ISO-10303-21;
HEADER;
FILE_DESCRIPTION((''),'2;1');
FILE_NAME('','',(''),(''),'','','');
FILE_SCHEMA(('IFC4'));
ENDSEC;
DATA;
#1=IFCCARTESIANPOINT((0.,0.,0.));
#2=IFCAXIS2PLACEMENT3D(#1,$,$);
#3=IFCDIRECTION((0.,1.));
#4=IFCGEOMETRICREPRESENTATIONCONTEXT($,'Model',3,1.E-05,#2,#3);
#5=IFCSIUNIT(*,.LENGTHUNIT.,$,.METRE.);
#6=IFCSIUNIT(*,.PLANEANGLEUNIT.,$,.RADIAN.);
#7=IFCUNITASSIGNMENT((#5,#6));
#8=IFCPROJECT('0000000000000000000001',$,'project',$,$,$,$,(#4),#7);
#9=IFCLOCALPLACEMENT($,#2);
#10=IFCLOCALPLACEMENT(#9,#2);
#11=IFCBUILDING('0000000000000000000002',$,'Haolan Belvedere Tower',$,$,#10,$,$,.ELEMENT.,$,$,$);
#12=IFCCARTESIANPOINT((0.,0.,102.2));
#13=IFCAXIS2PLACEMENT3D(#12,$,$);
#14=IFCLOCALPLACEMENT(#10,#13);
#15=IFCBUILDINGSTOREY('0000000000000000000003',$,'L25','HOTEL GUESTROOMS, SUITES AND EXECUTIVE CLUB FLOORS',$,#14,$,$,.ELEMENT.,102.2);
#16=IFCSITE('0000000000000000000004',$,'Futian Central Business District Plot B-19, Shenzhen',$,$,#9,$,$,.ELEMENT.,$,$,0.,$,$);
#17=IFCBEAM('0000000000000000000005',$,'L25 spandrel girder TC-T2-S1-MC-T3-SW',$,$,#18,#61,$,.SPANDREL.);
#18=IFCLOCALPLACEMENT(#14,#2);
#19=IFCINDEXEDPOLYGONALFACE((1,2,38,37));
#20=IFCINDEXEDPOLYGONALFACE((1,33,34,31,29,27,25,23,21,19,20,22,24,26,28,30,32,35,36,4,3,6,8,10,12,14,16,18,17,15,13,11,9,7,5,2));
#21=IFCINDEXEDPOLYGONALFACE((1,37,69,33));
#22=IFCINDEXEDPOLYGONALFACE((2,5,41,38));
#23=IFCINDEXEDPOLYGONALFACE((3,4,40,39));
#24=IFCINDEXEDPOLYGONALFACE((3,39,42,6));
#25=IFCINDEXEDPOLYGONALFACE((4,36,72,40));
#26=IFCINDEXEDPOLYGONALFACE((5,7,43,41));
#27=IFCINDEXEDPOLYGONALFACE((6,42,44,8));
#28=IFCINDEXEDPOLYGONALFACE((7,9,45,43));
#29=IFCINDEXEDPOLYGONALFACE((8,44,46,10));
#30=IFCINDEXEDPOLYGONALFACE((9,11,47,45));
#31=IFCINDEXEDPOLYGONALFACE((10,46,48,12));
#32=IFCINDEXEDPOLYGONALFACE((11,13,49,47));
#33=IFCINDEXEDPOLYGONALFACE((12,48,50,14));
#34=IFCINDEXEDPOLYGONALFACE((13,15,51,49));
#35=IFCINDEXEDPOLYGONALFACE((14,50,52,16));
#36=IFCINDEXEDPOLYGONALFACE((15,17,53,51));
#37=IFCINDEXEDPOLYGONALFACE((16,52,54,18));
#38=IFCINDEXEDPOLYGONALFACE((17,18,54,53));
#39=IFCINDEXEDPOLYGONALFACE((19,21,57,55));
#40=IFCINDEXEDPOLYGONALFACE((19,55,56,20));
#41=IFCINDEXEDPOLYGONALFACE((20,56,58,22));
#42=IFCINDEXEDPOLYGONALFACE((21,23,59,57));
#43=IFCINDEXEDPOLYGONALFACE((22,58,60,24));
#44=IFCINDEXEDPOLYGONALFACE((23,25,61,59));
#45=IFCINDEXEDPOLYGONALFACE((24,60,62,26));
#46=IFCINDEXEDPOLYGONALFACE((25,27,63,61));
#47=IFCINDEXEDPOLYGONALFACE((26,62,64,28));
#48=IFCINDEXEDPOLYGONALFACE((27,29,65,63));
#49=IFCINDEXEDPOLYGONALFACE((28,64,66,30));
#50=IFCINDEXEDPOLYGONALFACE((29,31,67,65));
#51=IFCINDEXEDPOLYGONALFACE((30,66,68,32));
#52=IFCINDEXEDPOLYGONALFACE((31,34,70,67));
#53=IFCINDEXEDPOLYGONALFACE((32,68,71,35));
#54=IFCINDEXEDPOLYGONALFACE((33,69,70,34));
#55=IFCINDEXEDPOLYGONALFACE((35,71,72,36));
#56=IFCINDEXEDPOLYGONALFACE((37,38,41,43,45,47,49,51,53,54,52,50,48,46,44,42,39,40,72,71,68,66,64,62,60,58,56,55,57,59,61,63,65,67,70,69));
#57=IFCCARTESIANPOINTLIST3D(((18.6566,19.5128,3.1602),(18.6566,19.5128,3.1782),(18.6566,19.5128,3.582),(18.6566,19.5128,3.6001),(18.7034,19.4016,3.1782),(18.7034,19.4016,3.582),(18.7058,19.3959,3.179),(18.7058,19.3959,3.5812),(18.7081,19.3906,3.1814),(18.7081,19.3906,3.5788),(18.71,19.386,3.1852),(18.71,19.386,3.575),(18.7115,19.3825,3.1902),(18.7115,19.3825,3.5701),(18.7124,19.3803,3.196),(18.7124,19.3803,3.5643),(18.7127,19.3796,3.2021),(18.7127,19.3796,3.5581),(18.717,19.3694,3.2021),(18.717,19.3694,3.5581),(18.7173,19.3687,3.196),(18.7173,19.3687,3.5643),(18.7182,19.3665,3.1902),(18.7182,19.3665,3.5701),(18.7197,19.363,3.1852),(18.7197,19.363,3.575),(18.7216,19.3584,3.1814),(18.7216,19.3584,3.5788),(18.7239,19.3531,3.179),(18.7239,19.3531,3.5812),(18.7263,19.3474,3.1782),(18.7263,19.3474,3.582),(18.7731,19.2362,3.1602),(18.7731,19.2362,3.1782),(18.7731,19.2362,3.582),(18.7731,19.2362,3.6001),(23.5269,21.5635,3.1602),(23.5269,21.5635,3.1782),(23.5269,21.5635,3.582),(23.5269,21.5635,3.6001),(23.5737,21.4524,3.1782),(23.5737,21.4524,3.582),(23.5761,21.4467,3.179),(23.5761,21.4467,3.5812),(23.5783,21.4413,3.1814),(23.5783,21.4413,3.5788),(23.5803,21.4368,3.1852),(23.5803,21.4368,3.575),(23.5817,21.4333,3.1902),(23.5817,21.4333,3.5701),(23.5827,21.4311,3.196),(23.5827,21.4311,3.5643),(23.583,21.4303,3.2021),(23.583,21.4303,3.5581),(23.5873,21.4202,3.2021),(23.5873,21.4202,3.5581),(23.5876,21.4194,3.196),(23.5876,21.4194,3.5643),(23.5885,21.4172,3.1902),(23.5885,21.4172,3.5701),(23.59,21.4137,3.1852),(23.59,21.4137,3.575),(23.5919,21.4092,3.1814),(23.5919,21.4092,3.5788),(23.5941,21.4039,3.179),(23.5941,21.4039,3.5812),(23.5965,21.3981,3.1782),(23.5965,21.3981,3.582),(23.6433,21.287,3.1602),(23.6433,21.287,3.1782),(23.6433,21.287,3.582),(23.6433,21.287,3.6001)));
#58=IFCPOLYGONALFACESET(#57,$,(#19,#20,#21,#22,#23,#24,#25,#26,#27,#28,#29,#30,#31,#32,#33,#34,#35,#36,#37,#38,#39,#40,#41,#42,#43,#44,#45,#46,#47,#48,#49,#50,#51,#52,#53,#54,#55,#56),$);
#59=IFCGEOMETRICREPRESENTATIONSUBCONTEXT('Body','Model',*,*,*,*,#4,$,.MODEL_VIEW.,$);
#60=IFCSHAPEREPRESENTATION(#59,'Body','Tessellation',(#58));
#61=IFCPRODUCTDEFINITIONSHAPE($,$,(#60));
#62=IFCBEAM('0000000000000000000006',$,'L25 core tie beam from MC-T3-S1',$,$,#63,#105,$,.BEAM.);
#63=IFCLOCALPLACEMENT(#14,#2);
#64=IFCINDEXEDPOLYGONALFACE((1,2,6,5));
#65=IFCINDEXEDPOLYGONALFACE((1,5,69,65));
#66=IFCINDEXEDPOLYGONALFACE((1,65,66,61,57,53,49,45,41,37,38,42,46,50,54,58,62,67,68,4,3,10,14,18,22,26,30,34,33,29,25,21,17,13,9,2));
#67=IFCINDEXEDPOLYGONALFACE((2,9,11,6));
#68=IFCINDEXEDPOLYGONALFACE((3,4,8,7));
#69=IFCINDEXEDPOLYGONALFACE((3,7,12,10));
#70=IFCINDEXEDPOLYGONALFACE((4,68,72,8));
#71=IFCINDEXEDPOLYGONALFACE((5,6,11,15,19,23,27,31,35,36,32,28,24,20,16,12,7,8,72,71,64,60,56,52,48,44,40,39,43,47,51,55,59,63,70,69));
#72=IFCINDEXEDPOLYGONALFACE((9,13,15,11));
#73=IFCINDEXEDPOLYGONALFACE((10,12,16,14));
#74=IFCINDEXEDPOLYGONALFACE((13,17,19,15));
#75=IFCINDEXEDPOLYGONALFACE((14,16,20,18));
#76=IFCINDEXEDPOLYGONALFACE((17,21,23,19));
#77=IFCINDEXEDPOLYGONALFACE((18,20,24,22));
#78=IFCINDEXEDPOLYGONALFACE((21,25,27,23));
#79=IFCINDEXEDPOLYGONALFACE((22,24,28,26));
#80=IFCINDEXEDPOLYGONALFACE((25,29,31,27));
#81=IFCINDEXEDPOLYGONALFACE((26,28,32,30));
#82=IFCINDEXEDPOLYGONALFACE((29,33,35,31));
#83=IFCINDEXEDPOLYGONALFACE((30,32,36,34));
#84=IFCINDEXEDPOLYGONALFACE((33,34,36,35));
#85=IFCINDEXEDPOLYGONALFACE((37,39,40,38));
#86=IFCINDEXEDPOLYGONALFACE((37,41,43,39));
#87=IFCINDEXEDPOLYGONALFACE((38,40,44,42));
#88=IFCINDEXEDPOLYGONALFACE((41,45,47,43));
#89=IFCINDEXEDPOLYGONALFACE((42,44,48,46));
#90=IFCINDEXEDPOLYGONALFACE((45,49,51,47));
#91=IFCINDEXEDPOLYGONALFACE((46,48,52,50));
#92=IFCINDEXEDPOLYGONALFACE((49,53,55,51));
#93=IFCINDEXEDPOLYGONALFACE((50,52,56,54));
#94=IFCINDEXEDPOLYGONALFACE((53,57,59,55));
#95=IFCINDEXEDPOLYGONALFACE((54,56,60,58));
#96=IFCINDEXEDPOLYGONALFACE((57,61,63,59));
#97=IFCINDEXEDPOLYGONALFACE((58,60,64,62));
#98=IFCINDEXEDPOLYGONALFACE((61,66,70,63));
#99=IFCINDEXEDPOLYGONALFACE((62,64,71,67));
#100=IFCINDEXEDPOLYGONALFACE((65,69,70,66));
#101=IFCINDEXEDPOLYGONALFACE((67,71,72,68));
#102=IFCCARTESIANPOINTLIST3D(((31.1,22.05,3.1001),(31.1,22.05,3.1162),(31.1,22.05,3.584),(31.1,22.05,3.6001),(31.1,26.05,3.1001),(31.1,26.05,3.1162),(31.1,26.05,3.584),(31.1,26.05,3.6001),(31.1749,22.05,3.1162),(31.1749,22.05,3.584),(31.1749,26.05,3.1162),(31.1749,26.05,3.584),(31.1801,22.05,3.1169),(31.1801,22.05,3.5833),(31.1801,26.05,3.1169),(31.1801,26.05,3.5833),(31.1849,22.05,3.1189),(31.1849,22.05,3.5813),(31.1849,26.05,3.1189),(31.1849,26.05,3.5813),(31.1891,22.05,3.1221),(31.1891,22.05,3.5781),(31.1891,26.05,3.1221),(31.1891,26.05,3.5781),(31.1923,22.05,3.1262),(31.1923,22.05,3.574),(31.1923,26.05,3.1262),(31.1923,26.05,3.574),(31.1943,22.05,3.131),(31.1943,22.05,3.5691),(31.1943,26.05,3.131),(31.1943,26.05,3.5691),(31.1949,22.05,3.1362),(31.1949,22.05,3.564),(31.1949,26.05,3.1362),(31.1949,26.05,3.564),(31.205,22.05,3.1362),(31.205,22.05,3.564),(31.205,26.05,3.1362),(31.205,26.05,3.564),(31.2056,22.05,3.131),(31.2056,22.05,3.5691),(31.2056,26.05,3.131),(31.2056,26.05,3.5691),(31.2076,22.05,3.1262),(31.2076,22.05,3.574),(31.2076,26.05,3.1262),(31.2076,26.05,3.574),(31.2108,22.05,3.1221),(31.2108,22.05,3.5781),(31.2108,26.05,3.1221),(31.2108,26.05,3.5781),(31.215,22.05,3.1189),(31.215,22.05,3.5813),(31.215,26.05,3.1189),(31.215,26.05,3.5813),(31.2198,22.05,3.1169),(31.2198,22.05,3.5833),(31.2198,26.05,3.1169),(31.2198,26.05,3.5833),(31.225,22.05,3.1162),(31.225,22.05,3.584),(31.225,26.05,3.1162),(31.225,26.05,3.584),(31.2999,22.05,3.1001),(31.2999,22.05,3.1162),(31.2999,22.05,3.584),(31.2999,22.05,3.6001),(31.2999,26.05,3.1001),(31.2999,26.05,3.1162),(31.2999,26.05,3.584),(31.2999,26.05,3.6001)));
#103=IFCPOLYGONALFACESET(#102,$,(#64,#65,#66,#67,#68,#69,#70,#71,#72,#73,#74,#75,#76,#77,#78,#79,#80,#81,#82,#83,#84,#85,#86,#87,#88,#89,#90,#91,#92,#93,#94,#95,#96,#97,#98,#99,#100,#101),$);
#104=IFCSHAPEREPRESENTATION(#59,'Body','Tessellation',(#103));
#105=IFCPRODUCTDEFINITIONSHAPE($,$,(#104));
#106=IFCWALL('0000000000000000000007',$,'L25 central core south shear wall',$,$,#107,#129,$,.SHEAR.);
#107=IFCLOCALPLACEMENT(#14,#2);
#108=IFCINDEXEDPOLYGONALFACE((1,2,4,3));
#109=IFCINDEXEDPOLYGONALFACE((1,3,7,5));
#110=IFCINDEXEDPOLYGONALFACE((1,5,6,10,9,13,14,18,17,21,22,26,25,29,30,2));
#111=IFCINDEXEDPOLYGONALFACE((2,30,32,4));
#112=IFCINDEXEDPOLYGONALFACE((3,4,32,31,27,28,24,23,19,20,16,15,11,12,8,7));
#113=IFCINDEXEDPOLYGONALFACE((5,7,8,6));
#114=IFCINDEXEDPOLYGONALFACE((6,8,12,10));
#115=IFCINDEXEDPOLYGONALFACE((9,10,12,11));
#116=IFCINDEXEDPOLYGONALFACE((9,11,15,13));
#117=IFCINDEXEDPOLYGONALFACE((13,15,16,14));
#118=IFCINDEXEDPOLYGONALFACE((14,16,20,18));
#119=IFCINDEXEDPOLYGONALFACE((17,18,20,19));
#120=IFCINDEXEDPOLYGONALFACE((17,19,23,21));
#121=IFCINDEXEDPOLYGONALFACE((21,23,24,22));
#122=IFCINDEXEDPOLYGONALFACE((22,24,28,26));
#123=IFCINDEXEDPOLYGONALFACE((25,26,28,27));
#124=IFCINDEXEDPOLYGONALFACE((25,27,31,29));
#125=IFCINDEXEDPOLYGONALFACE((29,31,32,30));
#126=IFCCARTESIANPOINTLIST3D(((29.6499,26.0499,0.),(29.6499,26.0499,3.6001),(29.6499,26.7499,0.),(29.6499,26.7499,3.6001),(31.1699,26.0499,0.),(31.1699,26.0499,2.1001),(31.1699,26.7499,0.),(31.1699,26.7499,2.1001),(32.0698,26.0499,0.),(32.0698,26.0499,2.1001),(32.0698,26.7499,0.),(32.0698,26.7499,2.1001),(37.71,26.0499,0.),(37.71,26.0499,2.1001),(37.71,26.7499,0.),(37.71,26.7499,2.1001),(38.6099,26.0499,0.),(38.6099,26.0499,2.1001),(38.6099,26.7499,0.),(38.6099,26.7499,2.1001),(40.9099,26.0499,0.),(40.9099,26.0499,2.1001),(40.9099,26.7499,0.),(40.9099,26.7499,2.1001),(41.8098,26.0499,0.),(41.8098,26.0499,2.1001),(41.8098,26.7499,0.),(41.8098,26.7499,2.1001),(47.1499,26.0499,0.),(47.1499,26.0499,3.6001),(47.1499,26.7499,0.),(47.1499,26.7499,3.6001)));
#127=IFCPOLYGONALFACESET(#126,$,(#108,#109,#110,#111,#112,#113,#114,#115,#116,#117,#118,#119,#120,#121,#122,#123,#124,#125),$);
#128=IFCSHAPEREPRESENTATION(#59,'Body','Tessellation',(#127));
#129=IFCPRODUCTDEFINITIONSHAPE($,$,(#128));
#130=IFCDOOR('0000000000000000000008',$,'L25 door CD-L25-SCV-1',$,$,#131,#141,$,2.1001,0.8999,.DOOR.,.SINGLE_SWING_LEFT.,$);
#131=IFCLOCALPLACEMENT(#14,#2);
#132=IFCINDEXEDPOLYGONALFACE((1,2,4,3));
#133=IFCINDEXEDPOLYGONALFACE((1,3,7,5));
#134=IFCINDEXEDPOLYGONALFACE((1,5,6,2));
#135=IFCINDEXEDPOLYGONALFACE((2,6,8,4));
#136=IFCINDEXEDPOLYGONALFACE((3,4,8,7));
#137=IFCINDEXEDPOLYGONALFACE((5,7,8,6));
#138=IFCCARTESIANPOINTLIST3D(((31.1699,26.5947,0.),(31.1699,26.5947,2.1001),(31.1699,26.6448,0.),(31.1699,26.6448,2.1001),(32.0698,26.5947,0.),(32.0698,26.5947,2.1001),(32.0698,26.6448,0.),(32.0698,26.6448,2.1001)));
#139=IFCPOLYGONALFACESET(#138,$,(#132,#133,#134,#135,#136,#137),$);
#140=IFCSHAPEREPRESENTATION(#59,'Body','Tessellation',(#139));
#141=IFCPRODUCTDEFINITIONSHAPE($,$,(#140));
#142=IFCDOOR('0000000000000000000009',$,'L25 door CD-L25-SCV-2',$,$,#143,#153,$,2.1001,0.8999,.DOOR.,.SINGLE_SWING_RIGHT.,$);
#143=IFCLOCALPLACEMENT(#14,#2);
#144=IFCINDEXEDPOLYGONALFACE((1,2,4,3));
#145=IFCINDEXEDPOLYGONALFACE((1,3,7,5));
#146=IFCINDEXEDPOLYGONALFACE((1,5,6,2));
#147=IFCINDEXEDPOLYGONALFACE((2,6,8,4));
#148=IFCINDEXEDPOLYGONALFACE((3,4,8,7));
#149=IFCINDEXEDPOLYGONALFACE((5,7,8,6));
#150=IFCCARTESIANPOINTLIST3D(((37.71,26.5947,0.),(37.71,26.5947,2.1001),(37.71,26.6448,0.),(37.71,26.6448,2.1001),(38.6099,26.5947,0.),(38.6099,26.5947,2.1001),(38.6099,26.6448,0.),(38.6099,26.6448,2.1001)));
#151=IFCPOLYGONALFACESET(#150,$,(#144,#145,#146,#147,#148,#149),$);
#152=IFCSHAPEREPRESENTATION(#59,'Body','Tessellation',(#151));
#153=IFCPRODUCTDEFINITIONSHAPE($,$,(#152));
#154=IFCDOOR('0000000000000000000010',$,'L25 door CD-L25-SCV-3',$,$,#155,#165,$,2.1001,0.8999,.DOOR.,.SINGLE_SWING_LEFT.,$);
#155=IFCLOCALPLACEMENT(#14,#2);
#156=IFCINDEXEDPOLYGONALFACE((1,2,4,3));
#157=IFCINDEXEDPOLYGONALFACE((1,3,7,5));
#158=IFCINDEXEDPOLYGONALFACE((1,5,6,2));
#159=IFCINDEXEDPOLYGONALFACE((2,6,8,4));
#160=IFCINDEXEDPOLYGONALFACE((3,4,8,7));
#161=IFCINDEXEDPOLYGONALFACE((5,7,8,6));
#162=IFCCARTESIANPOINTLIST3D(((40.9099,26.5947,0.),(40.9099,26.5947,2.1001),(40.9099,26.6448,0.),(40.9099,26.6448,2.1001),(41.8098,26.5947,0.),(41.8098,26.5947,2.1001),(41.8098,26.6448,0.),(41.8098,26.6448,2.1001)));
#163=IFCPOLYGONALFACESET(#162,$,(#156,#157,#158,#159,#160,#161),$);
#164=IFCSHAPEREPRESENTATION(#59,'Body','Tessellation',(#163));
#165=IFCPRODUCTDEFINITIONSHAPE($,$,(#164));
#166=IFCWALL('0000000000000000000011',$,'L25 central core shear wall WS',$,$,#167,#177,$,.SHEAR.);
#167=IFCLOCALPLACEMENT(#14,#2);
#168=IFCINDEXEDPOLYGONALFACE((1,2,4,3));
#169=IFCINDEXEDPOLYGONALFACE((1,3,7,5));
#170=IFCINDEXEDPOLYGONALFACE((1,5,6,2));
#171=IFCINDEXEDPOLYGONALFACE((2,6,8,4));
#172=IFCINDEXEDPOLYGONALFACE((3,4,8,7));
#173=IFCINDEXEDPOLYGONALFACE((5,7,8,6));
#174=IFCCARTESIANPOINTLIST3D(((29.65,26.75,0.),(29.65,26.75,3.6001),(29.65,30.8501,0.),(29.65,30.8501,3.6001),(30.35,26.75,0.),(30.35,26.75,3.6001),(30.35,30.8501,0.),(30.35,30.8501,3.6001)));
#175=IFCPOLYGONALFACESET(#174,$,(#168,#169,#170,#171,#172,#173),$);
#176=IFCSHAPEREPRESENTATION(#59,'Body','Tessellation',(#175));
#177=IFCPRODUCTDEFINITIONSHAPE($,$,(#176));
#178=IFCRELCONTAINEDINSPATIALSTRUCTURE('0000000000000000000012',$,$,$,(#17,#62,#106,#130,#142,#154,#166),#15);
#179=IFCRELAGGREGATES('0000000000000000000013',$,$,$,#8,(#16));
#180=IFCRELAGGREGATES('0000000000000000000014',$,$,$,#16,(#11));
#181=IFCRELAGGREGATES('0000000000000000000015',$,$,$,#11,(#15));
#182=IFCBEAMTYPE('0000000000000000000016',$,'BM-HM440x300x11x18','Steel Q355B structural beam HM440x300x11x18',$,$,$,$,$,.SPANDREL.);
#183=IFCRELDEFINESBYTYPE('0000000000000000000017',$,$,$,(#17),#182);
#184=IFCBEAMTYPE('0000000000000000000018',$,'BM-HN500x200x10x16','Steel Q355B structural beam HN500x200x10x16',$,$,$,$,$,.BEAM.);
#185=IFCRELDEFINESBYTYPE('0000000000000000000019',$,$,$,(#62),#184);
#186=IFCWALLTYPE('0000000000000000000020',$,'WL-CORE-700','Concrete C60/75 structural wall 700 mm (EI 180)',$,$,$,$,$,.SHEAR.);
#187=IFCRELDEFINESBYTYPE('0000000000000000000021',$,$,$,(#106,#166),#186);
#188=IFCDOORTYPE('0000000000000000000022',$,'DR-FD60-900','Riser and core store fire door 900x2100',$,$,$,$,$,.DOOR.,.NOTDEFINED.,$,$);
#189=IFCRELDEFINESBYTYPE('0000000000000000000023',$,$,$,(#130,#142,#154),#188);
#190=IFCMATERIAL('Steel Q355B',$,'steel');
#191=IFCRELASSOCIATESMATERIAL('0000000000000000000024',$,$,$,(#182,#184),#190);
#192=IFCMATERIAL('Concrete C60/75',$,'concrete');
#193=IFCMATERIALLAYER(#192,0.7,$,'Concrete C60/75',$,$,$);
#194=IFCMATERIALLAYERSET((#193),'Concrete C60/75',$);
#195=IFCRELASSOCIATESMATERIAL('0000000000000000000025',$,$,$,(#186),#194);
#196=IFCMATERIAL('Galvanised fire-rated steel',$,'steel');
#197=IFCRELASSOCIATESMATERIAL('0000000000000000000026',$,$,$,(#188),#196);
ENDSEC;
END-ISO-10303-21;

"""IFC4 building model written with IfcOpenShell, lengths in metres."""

from ifc_helpers import new_model, si_unit, direction, frame, frame_2d, origin, origin_2d, place, context, subcontext, project, spatial, rectangle, i_section, extrude, material, layer, layer_set, material_profile, profile_set, type_object, element, fill, save


model = new_model("IFC4")

# Units and contexts
model_context = context("Model", 3, precision=1e-05, world=origin(), true_north=direction((0.0, 1.0)))
body_context = subcontext(model_context, "Body", "Model", "MODEL_VIEW")
ifc_project = project(units=[si_unit("LENGTHUNIT", "METRE"), si_unit("PLANEANGLEUNIT", "RADIAN")], contexts=[model_context])

# Site, building, storey
site_placement = place(None, origin())
site = spatial("IfcSite", under=ifc_project, at=site_placement, Name="Futian Central Business District Plot B-19, Shenzhen", CompositionType="ELEMENT", RefElevation=0.0)
building_placement = place(site_placement, origin())
building = spatial("IfcBuilding", under=site, at=building_placement, Name="Haolan Belvedere Tower", CompositionType="ELEMENT")
storey_placement = place(building_placement, frame((0.0, 0.0, 102.2)))
storey = spatial("IfcBuildingStorey", under=building, at=storey_placement, Name="L25", Description="HOTEL GUESTROOMS, SUITES AND EXECUTIVE CLUB FLOORS", CompositionType="ELEMENT", Elevation=102.2)

# Beams
ifc_material_1 = material(Name="Steel Q355B", Category="steel")
ifc_material_profile_1 = material_profile(ifc_material_1, i_section(OverallWidth=0.3, OverallDepth=0.4399, WebThickness=0.011, FlangeThickness=0.0181, FilletRadius=0.0239, at=origin_2d()), Name="Steel Q355B")
ifc_profile_set_1 = profile_set([ifc_material_profile_1], Name="Steel Q355B")
beam_type_1 = type_object("IfcBeamType", Name="BM-HM440x300x11x18", Description="Steel Q355B structural beam HM440x300x11x18", PredefinedType="SPANDREL", material=ifc_profile_set_1)
beam_1_placement = place(storey_placement, frame((18.7148, 19.3745, 3.3801), z_axis=(0.921628, 0.388074, 0.0), x_axis=(-0.388074, 0.921628, 0.0)))
element("IfcBeam", 1, at=beam_1_placement, inside=storey, type_object=beam_type_1, Name="L25 spandrel girder TC-T2-S1-MC-T3-SW", PredefinedType="SPANDREL", context=body_context, shape_type="SweptSolid", body=[
    extrude(i_section(OverallWidth=0.3, OverallDepth=0.4399, WebThickness=0.011, FlangeThickness=0.0181, FilletRadius=0.0239, at=origin_2d()), origin(), (0.0, 0.0, 1.0), 5.2844),
])
ifc_material_profile_2 = material_profile(ifc_material_1, i_section(OverallWidth=0.2, OverallDepth=0.5, WebThickness=0.01, FlangeThickness=0.0161, FilletRadius=0.02, at=origin_2d()), Name="Steel Q355B")
ifc_profile_set_2 = profile_set([ifc_material_profile_2], Name="Steel Q355B")
beam_type_2 = type_object("IfcBeamType", Name="BM-HN500x200x10x16", Description="Steel Q355B structural beam HN500x200x10x16", PredefinedType="BEAM", material=ifc_profile_set_2)
beam_2_placement = place(storey_placement, frame((31.2, 22.05, 3.3501), z_axis=(0.0, 1.0, 0.0), x_axis=(-1.0, 0.0, 0.0)))
element("IfcBeam", 2, at=beam_2_placement, inside=storey, type_object=beam_type_2, Name="L25 core tie beam from MC-T3-S1", PredefinedType="BEAM", context=body_context, shape_type="SweptSolid", body=[
    extrude(i_section(OverallWidth=0.2, OverallDepth=0.5, WebThickness=0.01, FlangeThickness=0.0161, FilletRadius=0.02, at=origin_2d()), origin(), (0.0, 0.0, 1.0), 4.0),
])

# Wall, openings, doors
ifc_material_2 = material(Name="Concrete C60/75", Category="concrete")
ifc_layer_1 = layer(ifc_material_2, 0.7, Name="Concrete C60/75")
ifc_layer_set_1 = layer_set([ifc_layer_1], Name="Concrete C60/75")
wall_type_1 = type_object("IfcWallType", Name="WL-CORE-700", Description="Concrete C60/75 structural wall 700 mm (EI 180)", PredefinedType="SHEAR", material=ifc_layer_set_1)
wall_1_placement = place(storey_placement, frame((29.6499, 26.3999, 0.0), z_axis=(0.0, 0.0, 1.0), x_axis=(1.0, 0.0, 0.0)))
wall_1 = element("IfcWall", 3, at=wall_1_placement, inside=storey, type_object=wall_type_1, Name="L25 central core south shear wall", PredefinedType="SHEAR", context=body_context, shape_type="SweptSolid", body=[
    extrude(rectangle(XDim=17.5, YDim=0.7, at=frame_2d((8.75, 0.0))), origin(), (0.0, 0.0, 1.0), 3.6001),
])
opening_1_placement = place(wall_1_placement, frame((2.4199, 0.0, 0.0), z_axis=(0.0, 0.0, 1.0), x_axis=(-1.0, 0.0, 0.0)))
opening_1 = element("IfcOpeningElement", 4, at=opening_1_placement, cuts=wall_1, PredefinedType="OPENING", context=body_context, shape_type="SweptSolid", body=[
    extrude(rectangle(XDim=0.8999, YDim=2.1001, at=frame_2d((0.45, 1.05))), frame((0.0, 0.3599, 0.0), z_axis=(0.0, -1.0, 0.0), x_axis=(1.0, 0.0, 0.0)), (0.0, 0.0, 1.0), 0.72),
])
opening_2_placement = place(wall_1_placement, frame((8.96, 0.0, 0.0), z_axis=(0.0, 0.0, 1.0), x_axis=(-1.0, 0.0, 0.0)))
opening_2 = element("IfcOpeningElement", 5, at=opening_2_placement, cuts=wall_1, PredefinedType="OPENING", context=body_context, shape_type="SweptSolid", body=[
    extrude(rectangle(XDim=0.8999, YDim=2.1001, at=frame_2d((0.45, 1.05))), frame((0.0, 0.3599, 0.0), z_axis=(0.0, -1.0, 0.0), x_axis=(1.0, 0.0, 0.0)), (0.0, 0.0, 1.0), 0.72),
])
opening_3_placement = place(wall_1_placement, frame((12.1599, 0.0, 0.0), z_axis=(0.0, 0.0, 1.0), x_axis=(-1.0, 0.0, 0.0)))
opening_3 = element("IfcOpeningElement", 6, at=opening_3_placement, cuts=wall_1, PredefinedType="OPENING", context=body_context, shape_type="SweptSolid", body=[
    extrude(rectangle(XDim=0.8999, YDim=2.1001, at=frame_2d((0.45, 1.05))), frame((0.0, 0.3599, 0.0), z_axis=(0.0, -1.0, 0.0), x_axis=(1.0, 0.0, 0.0)), (0.0, 0.0, 1.0), 0.72),
])
ifc_material_3 = material(Name="Galvanised fire-rated steel", Category="steel")
door_type_1 = type_object("IfcDoorType", Name="DR-FD60-900", Description="Riser and core store fire door 900x2100", OperationType="NOTDEFINED", PredefinedType="DOOR", material=ifc_material_3)
door_1_placement = place(opening_1_placement, origin())
door_1 = element("IfcDoor", 7, at=door_1_placement, inside=storey, type_object=door_type_1, Name="L25 door CD-L25-SCV-1", OperationType="SINGLE_SWING_LEFT", OverallHeight=2.1001, OverallWidth=0.8999, PredefinedType="DOOR", context=body_context, shape_type="SweptSolid", body=[
    extrude(rectangle(XDim=0.8999, YDim=2.1001, at=frame_2d((0.45, 1.05))), frame((0.0, -0.1948, 0.0), z_axis=(0.0, -1.0, 0.0), x_axis=(1.0, 0.0, 0.0)), (0.0, 0.0, 1.0), 0.05),
])
fill(opening_1, door_1)
door_2_placement = place(opening_2_placement, origin())
door_2 = element("IfcDoor", 8, at=door_2_placement, inside=storey, type_object=door_type_1, Name="L25 door CD-L25-SCV-2", OperationType="SINGLE_SWING_RIGHT", OverallHeight=2.1001, OverallWidth=0.8999, PredefinedType="DOOR", context=body_context, shape_type="SweptSolid", body=[
    extrude(rectangle(XDim=0.8999, YDim=2.1001, at=frame_2d((0.45, 1.05))), frame((0.0, -0.1948, 0.0), z_axis=(0.0, -1.0, 0.0), x_axis=(1.0, 0.0, 0.0)), (0.0, 0.0, 1.0), 0.05),
])
fill(opening_2, door_2)
door_3_placement = place(opening_3_placement, origin())
door_3 = element("IfcDoor", 9, at=door_3_placement, inside=storey, type_object=door_type_1, Name="L25 door CD-L25-SCV-3", OperationType="SINGLE_SWING_LEFT", OverallHeight=2.1001, OverallWidth=0.8999, PredefinedType="DOOR", context=body_context, shape_type="SweptSolid", body=[
    extrude(rectangle(XDim=0.8999, YDim=2.1001, at=frame_2d((0.45, 1.05))), frame((0.0, -0.1948, 0.0), z_axis=(0.0, -1.0, 0.0), x_axis=(1.0, 0.0, 0.0)), (0.0, 0.0, 1.0), 0.05),
])
fill(opening_3, door_3)

# Wall
wall_2_placement = place(storey_placement, frame((30.0, 26.75, 0.0), z_axis=(0.0, 0.0, 1.0), x_axis=(0.0, 1.0, 0.0)))
element("IfcWall", 10, at=wall_2_placement, inside=storey, type_object=wall_type_1, Name="L25 central core shear wall WS", PredefinedType="SHEAR", context=body_context, shape_type="SweptSolid", body=[
    extrude(rectangle(XDim=4.1001, YDim=0.7, at=frame_2d((2.05, 0.0))), origin(), (0.0, 0.0, 1.0), 3.6001),
])

save(model, "model.ifc")
